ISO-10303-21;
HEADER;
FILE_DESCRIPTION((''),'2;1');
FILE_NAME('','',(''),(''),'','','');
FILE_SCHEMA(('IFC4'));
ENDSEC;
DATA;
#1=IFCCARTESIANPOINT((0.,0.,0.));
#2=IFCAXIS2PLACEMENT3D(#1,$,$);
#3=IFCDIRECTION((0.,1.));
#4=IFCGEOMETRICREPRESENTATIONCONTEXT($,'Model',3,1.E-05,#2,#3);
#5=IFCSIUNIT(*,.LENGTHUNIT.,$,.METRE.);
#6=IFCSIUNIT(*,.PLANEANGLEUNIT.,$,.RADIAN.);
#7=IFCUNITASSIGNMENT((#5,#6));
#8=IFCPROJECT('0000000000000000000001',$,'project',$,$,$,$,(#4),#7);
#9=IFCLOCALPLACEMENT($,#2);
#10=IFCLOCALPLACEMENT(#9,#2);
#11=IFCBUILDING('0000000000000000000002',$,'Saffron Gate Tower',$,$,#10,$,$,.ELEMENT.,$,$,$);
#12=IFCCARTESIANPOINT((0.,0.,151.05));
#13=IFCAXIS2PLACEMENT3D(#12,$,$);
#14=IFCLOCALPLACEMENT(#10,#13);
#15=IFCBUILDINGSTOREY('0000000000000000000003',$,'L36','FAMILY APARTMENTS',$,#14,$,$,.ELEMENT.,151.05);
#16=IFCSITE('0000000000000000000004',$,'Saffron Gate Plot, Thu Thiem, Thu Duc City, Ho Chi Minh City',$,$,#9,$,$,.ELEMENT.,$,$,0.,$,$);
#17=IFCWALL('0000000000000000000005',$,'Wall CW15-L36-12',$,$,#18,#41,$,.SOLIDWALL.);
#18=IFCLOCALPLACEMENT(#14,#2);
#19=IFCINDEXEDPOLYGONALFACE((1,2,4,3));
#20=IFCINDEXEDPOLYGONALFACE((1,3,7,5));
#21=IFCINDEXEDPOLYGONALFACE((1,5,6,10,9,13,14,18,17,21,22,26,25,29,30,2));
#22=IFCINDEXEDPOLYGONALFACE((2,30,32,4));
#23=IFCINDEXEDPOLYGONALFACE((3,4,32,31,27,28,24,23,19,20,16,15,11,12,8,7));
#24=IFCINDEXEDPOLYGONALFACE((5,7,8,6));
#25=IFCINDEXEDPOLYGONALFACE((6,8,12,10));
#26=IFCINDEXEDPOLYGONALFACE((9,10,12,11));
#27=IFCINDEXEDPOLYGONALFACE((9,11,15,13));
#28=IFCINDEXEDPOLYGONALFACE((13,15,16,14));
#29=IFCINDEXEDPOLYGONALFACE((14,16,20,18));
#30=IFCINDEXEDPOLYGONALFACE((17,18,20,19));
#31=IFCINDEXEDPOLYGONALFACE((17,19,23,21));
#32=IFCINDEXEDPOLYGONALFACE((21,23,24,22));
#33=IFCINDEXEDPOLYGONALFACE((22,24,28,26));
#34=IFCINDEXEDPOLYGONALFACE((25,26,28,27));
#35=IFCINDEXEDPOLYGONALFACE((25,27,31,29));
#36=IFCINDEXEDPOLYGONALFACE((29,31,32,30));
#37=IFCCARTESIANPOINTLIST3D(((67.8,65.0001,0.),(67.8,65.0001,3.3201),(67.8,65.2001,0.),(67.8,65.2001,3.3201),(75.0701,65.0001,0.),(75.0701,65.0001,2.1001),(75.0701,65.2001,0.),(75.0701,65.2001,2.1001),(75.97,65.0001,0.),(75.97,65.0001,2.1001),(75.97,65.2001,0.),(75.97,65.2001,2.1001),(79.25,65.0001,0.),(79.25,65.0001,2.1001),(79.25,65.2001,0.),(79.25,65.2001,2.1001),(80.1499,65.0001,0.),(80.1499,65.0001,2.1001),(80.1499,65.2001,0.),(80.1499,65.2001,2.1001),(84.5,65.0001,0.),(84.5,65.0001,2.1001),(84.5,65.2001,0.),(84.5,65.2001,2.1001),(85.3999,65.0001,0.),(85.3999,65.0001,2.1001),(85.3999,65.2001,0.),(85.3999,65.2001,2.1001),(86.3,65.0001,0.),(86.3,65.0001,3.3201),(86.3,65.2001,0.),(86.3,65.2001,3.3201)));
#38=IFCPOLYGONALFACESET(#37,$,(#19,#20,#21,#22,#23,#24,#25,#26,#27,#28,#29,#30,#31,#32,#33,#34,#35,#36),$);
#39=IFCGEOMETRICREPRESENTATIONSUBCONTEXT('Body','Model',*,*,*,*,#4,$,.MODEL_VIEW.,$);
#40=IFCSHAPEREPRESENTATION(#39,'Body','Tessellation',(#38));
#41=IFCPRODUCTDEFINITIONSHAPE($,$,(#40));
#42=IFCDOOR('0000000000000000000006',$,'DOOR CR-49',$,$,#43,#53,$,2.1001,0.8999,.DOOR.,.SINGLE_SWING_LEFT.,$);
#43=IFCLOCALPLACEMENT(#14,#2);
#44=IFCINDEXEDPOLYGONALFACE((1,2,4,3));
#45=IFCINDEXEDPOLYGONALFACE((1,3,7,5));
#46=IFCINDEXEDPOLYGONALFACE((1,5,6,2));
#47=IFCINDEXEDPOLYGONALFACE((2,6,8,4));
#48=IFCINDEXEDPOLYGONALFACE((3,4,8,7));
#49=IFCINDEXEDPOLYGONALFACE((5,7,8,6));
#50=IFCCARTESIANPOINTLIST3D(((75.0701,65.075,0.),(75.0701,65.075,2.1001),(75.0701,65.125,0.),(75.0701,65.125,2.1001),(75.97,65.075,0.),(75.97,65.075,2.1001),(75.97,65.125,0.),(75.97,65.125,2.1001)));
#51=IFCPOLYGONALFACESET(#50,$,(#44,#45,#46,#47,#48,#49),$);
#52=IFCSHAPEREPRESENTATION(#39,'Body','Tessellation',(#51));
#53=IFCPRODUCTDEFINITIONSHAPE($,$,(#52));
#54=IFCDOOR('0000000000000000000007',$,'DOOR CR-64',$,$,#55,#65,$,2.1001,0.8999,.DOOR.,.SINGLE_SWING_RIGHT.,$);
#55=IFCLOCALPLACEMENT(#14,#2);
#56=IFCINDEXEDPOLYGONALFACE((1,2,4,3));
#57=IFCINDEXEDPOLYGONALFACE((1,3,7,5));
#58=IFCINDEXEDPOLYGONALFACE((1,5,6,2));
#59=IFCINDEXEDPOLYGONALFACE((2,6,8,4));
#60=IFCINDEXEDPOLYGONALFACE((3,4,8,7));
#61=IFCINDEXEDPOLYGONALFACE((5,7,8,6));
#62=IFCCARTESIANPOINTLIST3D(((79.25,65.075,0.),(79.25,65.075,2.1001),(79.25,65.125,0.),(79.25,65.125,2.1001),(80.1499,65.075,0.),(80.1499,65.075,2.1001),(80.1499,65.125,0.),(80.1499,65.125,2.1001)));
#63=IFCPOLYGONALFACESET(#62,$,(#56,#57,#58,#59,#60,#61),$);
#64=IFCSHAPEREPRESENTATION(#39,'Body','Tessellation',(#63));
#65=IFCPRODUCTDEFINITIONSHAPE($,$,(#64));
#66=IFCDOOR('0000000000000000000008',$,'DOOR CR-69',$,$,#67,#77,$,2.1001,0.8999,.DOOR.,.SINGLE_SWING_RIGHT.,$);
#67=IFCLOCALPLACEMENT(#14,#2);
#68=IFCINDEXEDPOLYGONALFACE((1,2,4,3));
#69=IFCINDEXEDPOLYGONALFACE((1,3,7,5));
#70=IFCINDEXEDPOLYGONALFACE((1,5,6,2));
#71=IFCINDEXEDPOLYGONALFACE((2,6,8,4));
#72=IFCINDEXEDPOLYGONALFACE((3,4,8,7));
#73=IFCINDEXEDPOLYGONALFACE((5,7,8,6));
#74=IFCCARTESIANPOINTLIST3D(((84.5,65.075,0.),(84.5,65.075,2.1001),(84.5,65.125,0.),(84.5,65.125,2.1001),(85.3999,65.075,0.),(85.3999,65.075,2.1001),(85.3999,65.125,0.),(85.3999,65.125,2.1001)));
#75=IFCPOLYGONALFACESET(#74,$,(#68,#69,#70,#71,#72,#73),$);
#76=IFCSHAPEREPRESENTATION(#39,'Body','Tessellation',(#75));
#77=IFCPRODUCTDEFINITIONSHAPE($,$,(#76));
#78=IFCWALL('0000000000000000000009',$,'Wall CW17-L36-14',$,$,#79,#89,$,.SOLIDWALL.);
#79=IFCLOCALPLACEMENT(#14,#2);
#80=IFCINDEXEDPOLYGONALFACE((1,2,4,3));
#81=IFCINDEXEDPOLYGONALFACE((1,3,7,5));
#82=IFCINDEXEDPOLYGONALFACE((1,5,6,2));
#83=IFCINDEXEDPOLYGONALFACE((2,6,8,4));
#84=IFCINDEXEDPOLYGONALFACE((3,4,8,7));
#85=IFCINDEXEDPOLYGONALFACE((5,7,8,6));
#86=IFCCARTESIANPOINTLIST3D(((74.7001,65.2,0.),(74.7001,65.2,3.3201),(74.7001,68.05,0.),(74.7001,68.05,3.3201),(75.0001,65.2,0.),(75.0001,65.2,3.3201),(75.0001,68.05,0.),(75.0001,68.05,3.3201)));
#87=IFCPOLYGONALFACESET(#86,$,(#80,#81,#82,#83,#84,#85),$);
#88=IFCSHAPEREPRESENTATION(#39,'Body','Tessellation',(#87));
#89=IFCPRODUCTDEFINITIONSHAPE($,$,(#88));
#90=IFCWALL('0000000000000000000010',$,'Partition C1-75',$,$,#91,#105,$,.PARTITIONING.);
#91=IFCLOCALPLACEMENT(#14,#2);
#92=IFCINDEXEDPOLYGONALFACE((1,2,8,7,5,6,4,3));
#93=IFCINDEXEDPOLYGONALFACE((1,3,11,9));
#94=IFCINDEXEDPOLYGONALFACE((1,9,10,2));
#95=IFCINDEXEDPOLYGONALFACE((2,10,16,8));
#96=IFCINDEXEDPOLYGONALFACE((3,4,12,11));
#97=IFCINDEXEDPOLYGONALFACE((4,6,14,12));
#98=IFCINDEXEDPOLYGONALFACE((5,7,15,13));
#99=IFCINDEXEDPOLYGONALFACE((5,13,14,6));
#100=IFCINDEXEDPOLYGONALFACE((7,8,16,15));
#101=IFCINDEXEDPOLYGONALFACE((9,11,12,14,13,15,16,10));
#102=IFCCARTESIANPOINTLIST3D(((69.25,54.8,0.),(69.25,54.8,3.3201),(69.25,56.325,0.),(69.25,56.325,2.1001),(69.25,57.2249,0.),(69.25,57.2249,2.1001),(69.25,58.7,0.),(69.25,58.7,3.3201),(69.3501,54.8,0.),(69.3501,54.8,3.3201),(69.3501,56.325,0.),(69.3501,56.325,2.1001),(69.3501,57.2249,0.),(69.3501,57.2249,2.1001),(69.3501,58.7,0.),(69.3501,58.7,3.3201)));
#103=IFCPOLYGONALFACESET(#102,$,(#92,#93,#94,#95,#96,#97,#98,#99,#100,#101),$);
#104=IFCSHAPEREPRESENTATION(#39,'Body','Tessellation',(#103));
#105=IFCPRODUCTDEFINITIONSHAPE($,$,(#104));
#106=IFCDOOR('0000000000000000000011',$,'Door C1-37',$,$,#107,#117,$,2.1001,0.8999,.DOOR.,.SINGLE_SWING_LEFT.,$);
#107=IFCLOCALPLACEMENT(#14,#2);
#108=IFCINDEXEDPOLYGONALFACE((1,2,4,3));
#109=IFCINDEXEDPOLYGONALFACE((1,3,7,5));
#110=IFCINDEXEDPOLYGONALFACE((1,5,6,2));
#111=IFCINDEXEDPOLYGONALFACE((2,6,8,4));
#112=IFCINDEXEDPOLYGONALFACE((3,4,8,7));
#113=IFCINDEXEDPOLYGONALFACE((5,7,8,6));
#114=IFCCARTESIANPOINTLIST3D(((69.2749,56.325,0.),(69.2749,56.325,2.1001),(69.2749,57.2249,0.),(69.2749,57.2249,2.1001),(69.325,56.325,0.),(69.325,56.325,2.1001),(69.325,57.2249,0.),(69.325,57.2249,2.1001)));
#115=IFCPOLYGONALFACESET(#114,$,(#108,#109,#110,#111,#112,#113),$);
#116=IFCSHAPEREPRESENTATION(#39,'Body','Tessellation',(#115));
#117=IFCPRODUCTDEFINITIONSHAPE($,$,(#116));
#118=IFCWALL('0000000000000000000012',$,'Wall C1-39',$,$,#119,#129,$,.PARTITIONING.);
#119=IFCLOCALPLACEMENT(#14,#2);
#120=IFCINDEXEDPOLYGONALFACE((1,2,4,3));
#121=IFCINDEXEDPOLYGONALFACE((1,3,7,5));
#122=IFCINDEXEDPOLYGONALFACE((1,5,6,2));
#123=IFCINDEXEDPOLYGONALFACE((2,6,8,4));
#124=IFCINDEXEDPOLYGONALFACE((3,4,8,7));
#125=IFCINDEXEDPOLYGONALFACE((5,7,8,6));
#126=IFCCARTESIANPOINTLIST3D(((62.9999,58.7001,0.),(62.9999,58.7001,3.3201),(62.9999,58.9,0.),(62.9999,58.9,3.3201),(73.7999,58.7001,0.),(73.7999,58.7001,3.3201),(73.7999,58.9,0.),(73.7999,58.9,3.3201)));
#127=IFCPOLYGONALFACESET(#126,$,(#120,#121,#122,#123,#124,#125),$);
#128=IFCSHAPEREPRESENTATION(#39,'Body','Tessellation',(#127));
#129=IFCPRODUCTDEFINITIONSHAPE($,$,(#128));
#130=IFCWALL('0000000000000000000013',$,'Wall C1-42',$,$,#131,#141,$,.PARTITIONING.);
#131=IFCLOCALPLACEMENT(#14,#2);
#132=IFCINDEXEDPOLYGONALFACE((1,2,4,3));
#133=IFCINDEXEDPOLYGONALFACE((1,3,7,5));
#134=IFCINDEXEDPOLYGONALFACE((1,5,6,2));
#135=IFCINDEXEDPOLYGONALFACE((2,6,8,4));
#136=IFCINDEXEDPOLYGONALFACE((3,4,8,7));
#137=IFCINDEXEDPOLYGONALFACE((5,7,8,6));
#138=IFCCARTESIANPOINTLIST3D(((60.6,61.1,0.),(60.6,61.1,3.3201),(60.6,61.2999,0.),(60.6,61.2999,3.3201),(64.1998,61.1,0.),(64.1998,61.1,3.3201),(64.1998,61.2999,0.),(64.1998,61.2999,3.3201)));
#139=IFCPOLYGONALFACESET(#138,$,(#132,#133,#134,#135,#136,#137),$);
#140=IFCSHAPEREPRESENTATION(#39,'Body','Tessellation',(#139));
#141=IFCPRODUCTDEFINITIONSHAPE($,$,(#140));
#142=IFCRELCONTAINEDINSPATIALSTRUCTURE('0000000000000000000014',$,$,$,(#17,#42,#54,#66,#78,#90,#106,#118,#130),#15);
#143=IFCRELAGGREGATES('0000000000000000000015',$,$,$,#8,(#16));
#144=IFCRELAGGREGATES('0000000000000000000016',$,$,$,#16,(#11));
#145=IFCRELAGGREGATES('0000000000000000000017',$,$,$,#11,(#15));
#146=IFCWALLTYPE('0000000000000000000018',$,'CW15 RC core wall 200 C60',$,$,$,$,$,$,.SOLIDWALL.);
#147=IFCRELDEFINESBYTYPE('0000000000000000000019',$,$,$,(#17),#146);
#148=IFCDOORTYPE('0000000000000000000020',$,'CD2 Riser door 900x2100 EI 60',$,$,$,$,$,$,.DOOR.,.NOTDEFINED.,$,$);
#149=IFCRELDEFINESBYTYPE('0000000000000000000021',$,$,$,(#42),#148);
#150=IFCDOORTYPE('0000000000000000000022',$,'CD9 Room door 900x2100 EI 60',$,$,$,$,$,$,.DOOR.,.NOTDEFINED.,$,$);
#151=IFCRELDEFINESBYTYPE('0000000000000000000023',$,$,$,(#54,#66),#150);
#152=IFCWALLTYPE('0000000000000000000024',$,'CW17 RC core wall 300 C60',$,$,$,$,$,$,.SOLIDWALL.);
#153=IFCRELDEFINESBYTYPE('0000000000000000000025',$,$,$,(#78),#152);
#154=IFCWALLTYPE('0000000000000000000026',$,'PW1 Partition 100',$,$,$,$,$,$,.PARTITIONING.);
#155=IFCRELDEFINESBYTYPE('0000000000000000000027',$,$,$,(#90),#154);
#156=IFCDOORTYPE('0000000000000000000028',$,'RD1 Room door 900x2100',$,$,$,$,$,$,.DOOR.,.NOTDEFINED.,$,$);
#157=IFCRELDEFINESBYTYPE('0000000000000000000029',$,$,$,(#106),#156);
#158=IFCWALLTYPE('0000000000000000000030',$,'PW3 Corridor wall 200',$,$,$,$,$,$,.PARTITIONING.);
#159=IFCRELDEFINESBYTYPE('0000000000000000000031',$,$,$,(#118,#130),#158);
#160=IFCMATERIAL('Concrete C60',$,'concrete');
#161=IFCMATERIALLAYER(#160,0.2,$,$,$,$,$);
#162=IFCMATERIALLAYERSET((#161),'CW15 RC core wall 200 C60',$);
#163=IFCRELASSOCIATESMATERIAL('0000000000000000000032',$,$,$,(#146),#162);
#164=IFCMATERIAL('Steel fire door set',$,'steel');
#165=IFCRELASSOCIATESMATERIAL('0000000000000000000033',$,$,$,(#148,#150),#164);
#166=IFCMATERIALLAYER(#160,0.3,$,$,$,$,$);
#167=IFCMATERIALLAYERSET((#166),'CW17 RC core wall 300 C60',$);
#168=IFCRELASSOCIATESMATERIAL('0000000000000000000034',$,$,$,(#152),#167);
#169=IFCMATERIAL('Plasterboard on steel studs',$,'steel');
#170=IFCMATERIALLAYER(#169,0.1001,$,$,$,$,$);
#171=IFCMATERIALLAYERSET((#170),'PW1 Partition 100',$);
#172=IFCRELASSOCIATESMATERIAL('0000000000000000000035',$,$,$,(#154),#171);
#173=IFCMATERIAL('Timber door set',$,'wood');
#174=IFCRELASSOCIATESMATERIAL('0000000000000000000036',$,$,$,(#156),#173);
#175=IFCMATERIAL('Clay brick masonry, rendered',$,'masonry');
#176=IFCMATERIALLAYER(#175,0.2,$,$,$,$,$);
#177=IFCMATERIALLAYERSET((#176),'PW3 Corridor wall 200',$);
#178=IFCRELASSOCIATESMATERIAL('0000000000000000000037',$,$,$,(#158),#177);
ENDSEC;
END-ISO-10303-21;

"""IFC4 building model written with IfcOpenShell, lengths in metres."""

from ifc_helpers import new_model, si_unit, direction, frame, frame_2d, origin, place, context, subcontext, project, spatial, rectangle, extrude, material, layer, layer_set, type_object, element, fill, save


model = new_model("IFC4")

# Units and contexts
model_context = context("Model", 3, precision=1e-05, world=origin(), true_north=direction((0.0, 1.0)))
body_context = subcontext(model_context, "Body", "Model", "MODEL_VIEW")
ifc_project = project(units=[si_unit("LENGTHUNIT", "METRE"), si_unit("PLANEANGLEUNIT", "RADIAN")], contexts=[model_context])

# Site, building, storey
site_placement = place(None, origin())
site = spatial("IfcSite", under=ifc_project, at=site_placement, Name="Saffron Gate Plot, Thu Thiem, Thu Duc City, Ho Chi Minh City", CompositionType="ELEMENT", RefElevation=0.0)
building_placement = place(site_placement, origin())
building = spatial("IfcBuilding", under=site, at=building_placement, Name="Saffron Gate Tower", CompositionType="ELEMENT")
storey_placement = place(building_placement, frame((0.0, 0.0, 151.05)))
storey = spatial("IfcBuildingStorey", under=building, at=storey_placement, Name="L36", Description="FAMILY APARTMENTS", CompositionType="ELEMENT", Elevation=151.05)

# Shared definitions
ifc_material_1 = material(Name="Concrete C60", Category="concrete")
ifc_material_2 = material(Name="Steel fire door set", Category="steel")

# Wall, openings, doors
ifc_layer_1 = layer(ifc_material_1, 0.2)
ifc_layer_set_1 = layer_set([ifc_layer_1], Name="CW15 RC core wall 200 C60")
wall_type_1 = type_object("IfcWallType", Name="CW15 RC core wall 200 C60", PredefinedType="SOLIDWALL", material=ifc_layer_set_1)
wall_1_placement = place(storey_placement, frame((67.8, 65.1001, 0.0), z_axis=(0.0, 0.0, 1.0), x_axis=(1.0, 0.0, 0.0)))
wall_1 = element("IfcWall", 1, at=wall_1_placement, inside=storey, type_object=wall_type_1, Name="Wall CW15-L36-12", PredefinedType="SOLIDWALL", context=body_context, shape_type="SweptSolid", body=[
    extrude(rectangle(XDim=18.5, YDim=0.2, at=frame_2d((9.25, 0.0))), origin(), (0.0, 0.0, 1.0), 3.3201),
])
opening_1_placement = place(wall_1_placement, frame((7.27, 0.0, 0.0)))
opening_1 = element("IfcOpeningElement", 2, at=opening_1_placement, cuts=wall_1, PredefinedType="OPENING", context=body_context, shape_type="SweptSolid", body=[
    extrude(rectangle(XDim=0.8999, YDim=2.1001, at=frame_2d((0.45, 1.05))), frame((0.0, 0.1099, 0.0), z_axis=(0.0, -1.0, 0.0), x_axis=(1.0, 0.0, 0.0)), (0.0, 0.0, 1.0), 0.22),
])
opening_2_placement = place(wall_1_placement, frame((11.45, 0.0, 0.0)))
opening_2 = element("IfcOpeningElement", 3, at=opening_2_placement, cuts=wall_1, PredefinedType="OPENING", context=body_context, shape_type="SweptSolid", body=[
    extrude(rectangle(XDim=0.8999, YDim=2.1001, at=frame_2d((0.45, 1.05))), frame((0.0, 0.1099, 0.0), z_axis=(0.0, -1.0, 0.0), x_axis=(1.0, 0.0, 0.0)), (0.0, 0.0, 1.0), 0.22),
])
opening_3_placement = place(wall_1_placement, frame((16.7, 0.0, 0.0)))
opening_3 = element("IfcOpeningElement", 4, at=opening_3_placement, cuts=wall_1, PredefinedType="OPENING", context=body_context, shape_type="SweptSolid", body=[
    extrude(rectangle(XDim=0.8999, YDim=2.1001, at=frame_2d((0.45, 1.05))), frame((0.0, 0.1099, 0.0), z_axis=(0.0, -1.0, 0.0), x_axis=(1.0, 0.0, 0.0)), (0.0, 0.0, 1.0), 0.22),
])
door_type_1 = type_object("IfcDoorType", Name="CD2 Riser door 900x2100 EI 60", OperationType="NOTDEFINED", PredefinedType="DOOR", material=ifc_material_2)
door_1_placement = place(opening_1_placement, origin())
door_1 = element("IfcDoor", 5, at=door_1_placement, inside=storey, type_object=door_type_1, Name="DOOR CR-49", OperationType="SINGLE_SWING_LEFT", OverallHeight=2.1001, OverallWidth=0.8999, PredefinedType="DOOR", context=body_context, shape_type="SweptSolid", body=[
    extrude(rectangle(XDim=0.8999, YDim=2.1001, at=frame_2d((0.45, 1.05))), frame((0.0, 0.0249, 0.0), z_axis=(0.0, -1.0, 0.0), x_axis=(1.0, 0.0, 0.0)), (0.0, 0.0, 1.0), 0.05),
])
fill(opening_1, door_1)
door_type_2 = type_object("IfcDoorType", Name="CD9 Room door 900x2100 EI 60", OperationType="NOTDEFINED", PredefinedType="DOOR", material=ifc_material_2)
door_2_placement = place(opening_2_placement, origin())
door_2 = element("IfcDoor", 6, at=door_2_placement, inside=storey, type_object=door_type_2, Name="DOOR CR-64", OperationType="SINGLE_SWING_RIGHT", OverallHeight=2.1001, OverallWidth=0.8999, PredefinedType="DOOR", context=body_context, shape_type="SweptSolid", body=[
    extrude(rectangle(XDim=0.8999, YDim=2.1001, at=frame_2d((0.45, 1.05))), frame((0.0, 0.0249, 0.0), z_axis=(0.0, -1.0, 0.0), x_axis=(1.0, 0.0, 0.0)), (0.0, 0.0, 1.0), 0.05),
])
fill(opening_2, door_2)
door_3_placement = place(opening_3_placement, origin())
door_3 = element("IfcDoor", 7, at=door_3_placement, inside=storey, type_object=door_type_2, Name="DOOR CR-69", OperationType="SINGLE_SWING_RIGHT", OverallHeight=2.1001, OverallWidth=0.8999, PredefinedType="DOOR", context=body_context, shape_type="SweptSolid", body=[
    extrude(rectangle(XDim=0.8999, YDim=2.1001, at=frame_2d((0.45, 1.05))), frame((0.0, 0.0249, 0.0), z_axis=(0.0, -1.0, 0.0), x_axis=(1.0, 0.0, 0.0)), (0.0, 0.0, 1.0), 0.05),
])
fill(opening_3, door_3)

# Wall
ifc_layer_2 = layer(ifc_material_1, 0.3)
ifc_layer_set_2 = layer_set([ifc_layer_2], Name="CW17 RC core wall 300 C60")
wall_type_2 = type_object("IfcWallType", Name="CW17 RC core wall 300 C60", PredefinedType="SOLIDWALL", material=ifc_layer_set_2)
wall_2_placement = place(storey_placement, frame((74.8501, 65.2, 0.0), z_axis=(0.0, 0.0, 1.0), x_axis=(0.0, 1.0, 0.0)))
element("IfcWall", 8, at=wall_2_placement, inside=storey, type_object=wall_type_2, Name="Wall CW17-L36-14", PredefinedType="SOLIDWALL", context=body_context, shape_type="SweptSolid", body=[
    extrude(rectangle(XDim=2.8501, YDim=0.3, at=frame_2d((1.425, 0.0))), origin(), (0.0, 0.0, 1.0), 3.3201),
])

# Wall, opening, door
ifc_material_3 = material(Name="Plasterboard on steel studs", Category="steel")
ifc_layer_3 = layer(ifc_material_3, 0.1001)
ifc_layer_set_3 = layer_set([ifc_layer_3], Name="PW1 Partition 100")
wall_type_3 = type_object("IfcWallType", Name="PW1 Partition 100", PredefinedType="PARTITIONING", material=ifc_layer_set_3)
wall_3_placement = place(storey_placement, frame((69.3, 58.7, 0.0), z_axis=(0.0, 0.0, 1.0), x_axis=(0.0, -1.0, 0.0)))
wall_3 = element("IfcWall", 9, at=wall_3_placement, inside=storey, type_object=wall_type_3, Name="Partition C1-75", PredefinedType="PARTITIONING", context=body_context, shape_type="SweptSolid", body=[
    extrude(rectangle(XDim=3.8999, YDim=0.1001, at=frame_2d((1.95, 0.0))), origin(), (0.0, 0.0, 1.0), 3.3201),
])
opening_4_placement = place(wall_3_placement, frame((1.4751, 0.0, 0.0)))
opening_4 = element("IfcOpeningElement", 10, at=opening_4_placement, cuts=wall_3, PredefinedType="OPENING", context=body_context, shape_type="SweptSolid", body=[
    extrude(rectangle(XDim=0.8999, YDim=2.1001, at=frame_2d((0.45, 1.05))), frame((0.0, 0.0601, 0.0), z_axis=(0.0, -1.0, 0.0), x_axis=(1.0, 0.0, 0.0)), (0.0, 0.0, 1.0), 0.1201),
])
ifc_material_4 = material(Name="Timber door set", Category="wood")
door_type_3 = type_object("IfcDoorType", Name="RD1 Room door 900x2100", OperationType="NOTDEFINED", PredefinedType="DOOR", material=ifc_material_4)
door_4_placement = place(opening_4_placement, origin())
door_4 = element("IfcDoor", 11, at=door_4_placement, inside=storey, type_object=door_type_3, Name="Door C1-37", OperationType="SINGLE_SWING_LEFT", OverallHeight=2.1001, OverallWidth=0.8999, PredefinedType="DOOR", context=body_context, shape_type="SweptSolid", body=[
    extrude(rectangle(XDim=0.8999, YDim=2.1001, at=frame_2d((0.45, 1.05))), frame((0.0, 0.0249, 0.0), z_axis=(0.0, -1.0, 0.0), x_axis=(1.0, 0.0, 0.0)), (0.0, 0.0, 1.0), 0.05),
])
fill(opening_4, door_4)

# Walls
ifc_material_5 = material(Name="Clay brick masonry, rendered", Category="masonry")
ifc_layer_4 = layer(ifc_material_5, 0.2)
ifc_layer_set_4 = layer_set([ifc_layer_4], Name="PW3 Corridor wall 200")
wall_type_4 = type_object("IfcWallType", Name="PW3 Corridor wall 200", PredefinedType="PARTITIONING", material=ifc_layer_set_4)
wall_4_placement = place(storey_placement, frame((63.0, 58.8, 0.0), z_axis=(0.0, 0.0, 1.0), x_axis=(1.0, 0.0, 0.0)))
element("IfcWall", 12, at=wall_4_placement, inside=storey, type_object=wall_type_4, Name="Wall C1-39", PredefinedType="PARTITIONING", context=body_context, shape_type="SweptSolid", body=[
    extrude(rectangle(XDim=10.8, YDim=0.2, at=frame_2d((5.3999, 0.0))), origin(), (0.0, 0.0, 1.0), 3.3201),
])
wall_5_placement = place(storey_placement, frame((60.6001, 61.2, 0.0), z_axis=(0.0, 0.0, 1.0), x_axis=(1.0, 0.0, 0.0)))
element("IfcWall", 13, at=wall_5_placement, inside=storey, type_object=wall_type_4, Name="Wall C1-42", PredefinedType="PARTITIONING", context=body_context, shape_type="SweptSolid", body=[
    extrude(rectangle(XDim=3.5999, YDim=0.2, at=frame_2d((1.7998, 0.0))), origin(), (0.0, 0.0, 1.0), 3.3201),
])

save(model, "model.ifc")
